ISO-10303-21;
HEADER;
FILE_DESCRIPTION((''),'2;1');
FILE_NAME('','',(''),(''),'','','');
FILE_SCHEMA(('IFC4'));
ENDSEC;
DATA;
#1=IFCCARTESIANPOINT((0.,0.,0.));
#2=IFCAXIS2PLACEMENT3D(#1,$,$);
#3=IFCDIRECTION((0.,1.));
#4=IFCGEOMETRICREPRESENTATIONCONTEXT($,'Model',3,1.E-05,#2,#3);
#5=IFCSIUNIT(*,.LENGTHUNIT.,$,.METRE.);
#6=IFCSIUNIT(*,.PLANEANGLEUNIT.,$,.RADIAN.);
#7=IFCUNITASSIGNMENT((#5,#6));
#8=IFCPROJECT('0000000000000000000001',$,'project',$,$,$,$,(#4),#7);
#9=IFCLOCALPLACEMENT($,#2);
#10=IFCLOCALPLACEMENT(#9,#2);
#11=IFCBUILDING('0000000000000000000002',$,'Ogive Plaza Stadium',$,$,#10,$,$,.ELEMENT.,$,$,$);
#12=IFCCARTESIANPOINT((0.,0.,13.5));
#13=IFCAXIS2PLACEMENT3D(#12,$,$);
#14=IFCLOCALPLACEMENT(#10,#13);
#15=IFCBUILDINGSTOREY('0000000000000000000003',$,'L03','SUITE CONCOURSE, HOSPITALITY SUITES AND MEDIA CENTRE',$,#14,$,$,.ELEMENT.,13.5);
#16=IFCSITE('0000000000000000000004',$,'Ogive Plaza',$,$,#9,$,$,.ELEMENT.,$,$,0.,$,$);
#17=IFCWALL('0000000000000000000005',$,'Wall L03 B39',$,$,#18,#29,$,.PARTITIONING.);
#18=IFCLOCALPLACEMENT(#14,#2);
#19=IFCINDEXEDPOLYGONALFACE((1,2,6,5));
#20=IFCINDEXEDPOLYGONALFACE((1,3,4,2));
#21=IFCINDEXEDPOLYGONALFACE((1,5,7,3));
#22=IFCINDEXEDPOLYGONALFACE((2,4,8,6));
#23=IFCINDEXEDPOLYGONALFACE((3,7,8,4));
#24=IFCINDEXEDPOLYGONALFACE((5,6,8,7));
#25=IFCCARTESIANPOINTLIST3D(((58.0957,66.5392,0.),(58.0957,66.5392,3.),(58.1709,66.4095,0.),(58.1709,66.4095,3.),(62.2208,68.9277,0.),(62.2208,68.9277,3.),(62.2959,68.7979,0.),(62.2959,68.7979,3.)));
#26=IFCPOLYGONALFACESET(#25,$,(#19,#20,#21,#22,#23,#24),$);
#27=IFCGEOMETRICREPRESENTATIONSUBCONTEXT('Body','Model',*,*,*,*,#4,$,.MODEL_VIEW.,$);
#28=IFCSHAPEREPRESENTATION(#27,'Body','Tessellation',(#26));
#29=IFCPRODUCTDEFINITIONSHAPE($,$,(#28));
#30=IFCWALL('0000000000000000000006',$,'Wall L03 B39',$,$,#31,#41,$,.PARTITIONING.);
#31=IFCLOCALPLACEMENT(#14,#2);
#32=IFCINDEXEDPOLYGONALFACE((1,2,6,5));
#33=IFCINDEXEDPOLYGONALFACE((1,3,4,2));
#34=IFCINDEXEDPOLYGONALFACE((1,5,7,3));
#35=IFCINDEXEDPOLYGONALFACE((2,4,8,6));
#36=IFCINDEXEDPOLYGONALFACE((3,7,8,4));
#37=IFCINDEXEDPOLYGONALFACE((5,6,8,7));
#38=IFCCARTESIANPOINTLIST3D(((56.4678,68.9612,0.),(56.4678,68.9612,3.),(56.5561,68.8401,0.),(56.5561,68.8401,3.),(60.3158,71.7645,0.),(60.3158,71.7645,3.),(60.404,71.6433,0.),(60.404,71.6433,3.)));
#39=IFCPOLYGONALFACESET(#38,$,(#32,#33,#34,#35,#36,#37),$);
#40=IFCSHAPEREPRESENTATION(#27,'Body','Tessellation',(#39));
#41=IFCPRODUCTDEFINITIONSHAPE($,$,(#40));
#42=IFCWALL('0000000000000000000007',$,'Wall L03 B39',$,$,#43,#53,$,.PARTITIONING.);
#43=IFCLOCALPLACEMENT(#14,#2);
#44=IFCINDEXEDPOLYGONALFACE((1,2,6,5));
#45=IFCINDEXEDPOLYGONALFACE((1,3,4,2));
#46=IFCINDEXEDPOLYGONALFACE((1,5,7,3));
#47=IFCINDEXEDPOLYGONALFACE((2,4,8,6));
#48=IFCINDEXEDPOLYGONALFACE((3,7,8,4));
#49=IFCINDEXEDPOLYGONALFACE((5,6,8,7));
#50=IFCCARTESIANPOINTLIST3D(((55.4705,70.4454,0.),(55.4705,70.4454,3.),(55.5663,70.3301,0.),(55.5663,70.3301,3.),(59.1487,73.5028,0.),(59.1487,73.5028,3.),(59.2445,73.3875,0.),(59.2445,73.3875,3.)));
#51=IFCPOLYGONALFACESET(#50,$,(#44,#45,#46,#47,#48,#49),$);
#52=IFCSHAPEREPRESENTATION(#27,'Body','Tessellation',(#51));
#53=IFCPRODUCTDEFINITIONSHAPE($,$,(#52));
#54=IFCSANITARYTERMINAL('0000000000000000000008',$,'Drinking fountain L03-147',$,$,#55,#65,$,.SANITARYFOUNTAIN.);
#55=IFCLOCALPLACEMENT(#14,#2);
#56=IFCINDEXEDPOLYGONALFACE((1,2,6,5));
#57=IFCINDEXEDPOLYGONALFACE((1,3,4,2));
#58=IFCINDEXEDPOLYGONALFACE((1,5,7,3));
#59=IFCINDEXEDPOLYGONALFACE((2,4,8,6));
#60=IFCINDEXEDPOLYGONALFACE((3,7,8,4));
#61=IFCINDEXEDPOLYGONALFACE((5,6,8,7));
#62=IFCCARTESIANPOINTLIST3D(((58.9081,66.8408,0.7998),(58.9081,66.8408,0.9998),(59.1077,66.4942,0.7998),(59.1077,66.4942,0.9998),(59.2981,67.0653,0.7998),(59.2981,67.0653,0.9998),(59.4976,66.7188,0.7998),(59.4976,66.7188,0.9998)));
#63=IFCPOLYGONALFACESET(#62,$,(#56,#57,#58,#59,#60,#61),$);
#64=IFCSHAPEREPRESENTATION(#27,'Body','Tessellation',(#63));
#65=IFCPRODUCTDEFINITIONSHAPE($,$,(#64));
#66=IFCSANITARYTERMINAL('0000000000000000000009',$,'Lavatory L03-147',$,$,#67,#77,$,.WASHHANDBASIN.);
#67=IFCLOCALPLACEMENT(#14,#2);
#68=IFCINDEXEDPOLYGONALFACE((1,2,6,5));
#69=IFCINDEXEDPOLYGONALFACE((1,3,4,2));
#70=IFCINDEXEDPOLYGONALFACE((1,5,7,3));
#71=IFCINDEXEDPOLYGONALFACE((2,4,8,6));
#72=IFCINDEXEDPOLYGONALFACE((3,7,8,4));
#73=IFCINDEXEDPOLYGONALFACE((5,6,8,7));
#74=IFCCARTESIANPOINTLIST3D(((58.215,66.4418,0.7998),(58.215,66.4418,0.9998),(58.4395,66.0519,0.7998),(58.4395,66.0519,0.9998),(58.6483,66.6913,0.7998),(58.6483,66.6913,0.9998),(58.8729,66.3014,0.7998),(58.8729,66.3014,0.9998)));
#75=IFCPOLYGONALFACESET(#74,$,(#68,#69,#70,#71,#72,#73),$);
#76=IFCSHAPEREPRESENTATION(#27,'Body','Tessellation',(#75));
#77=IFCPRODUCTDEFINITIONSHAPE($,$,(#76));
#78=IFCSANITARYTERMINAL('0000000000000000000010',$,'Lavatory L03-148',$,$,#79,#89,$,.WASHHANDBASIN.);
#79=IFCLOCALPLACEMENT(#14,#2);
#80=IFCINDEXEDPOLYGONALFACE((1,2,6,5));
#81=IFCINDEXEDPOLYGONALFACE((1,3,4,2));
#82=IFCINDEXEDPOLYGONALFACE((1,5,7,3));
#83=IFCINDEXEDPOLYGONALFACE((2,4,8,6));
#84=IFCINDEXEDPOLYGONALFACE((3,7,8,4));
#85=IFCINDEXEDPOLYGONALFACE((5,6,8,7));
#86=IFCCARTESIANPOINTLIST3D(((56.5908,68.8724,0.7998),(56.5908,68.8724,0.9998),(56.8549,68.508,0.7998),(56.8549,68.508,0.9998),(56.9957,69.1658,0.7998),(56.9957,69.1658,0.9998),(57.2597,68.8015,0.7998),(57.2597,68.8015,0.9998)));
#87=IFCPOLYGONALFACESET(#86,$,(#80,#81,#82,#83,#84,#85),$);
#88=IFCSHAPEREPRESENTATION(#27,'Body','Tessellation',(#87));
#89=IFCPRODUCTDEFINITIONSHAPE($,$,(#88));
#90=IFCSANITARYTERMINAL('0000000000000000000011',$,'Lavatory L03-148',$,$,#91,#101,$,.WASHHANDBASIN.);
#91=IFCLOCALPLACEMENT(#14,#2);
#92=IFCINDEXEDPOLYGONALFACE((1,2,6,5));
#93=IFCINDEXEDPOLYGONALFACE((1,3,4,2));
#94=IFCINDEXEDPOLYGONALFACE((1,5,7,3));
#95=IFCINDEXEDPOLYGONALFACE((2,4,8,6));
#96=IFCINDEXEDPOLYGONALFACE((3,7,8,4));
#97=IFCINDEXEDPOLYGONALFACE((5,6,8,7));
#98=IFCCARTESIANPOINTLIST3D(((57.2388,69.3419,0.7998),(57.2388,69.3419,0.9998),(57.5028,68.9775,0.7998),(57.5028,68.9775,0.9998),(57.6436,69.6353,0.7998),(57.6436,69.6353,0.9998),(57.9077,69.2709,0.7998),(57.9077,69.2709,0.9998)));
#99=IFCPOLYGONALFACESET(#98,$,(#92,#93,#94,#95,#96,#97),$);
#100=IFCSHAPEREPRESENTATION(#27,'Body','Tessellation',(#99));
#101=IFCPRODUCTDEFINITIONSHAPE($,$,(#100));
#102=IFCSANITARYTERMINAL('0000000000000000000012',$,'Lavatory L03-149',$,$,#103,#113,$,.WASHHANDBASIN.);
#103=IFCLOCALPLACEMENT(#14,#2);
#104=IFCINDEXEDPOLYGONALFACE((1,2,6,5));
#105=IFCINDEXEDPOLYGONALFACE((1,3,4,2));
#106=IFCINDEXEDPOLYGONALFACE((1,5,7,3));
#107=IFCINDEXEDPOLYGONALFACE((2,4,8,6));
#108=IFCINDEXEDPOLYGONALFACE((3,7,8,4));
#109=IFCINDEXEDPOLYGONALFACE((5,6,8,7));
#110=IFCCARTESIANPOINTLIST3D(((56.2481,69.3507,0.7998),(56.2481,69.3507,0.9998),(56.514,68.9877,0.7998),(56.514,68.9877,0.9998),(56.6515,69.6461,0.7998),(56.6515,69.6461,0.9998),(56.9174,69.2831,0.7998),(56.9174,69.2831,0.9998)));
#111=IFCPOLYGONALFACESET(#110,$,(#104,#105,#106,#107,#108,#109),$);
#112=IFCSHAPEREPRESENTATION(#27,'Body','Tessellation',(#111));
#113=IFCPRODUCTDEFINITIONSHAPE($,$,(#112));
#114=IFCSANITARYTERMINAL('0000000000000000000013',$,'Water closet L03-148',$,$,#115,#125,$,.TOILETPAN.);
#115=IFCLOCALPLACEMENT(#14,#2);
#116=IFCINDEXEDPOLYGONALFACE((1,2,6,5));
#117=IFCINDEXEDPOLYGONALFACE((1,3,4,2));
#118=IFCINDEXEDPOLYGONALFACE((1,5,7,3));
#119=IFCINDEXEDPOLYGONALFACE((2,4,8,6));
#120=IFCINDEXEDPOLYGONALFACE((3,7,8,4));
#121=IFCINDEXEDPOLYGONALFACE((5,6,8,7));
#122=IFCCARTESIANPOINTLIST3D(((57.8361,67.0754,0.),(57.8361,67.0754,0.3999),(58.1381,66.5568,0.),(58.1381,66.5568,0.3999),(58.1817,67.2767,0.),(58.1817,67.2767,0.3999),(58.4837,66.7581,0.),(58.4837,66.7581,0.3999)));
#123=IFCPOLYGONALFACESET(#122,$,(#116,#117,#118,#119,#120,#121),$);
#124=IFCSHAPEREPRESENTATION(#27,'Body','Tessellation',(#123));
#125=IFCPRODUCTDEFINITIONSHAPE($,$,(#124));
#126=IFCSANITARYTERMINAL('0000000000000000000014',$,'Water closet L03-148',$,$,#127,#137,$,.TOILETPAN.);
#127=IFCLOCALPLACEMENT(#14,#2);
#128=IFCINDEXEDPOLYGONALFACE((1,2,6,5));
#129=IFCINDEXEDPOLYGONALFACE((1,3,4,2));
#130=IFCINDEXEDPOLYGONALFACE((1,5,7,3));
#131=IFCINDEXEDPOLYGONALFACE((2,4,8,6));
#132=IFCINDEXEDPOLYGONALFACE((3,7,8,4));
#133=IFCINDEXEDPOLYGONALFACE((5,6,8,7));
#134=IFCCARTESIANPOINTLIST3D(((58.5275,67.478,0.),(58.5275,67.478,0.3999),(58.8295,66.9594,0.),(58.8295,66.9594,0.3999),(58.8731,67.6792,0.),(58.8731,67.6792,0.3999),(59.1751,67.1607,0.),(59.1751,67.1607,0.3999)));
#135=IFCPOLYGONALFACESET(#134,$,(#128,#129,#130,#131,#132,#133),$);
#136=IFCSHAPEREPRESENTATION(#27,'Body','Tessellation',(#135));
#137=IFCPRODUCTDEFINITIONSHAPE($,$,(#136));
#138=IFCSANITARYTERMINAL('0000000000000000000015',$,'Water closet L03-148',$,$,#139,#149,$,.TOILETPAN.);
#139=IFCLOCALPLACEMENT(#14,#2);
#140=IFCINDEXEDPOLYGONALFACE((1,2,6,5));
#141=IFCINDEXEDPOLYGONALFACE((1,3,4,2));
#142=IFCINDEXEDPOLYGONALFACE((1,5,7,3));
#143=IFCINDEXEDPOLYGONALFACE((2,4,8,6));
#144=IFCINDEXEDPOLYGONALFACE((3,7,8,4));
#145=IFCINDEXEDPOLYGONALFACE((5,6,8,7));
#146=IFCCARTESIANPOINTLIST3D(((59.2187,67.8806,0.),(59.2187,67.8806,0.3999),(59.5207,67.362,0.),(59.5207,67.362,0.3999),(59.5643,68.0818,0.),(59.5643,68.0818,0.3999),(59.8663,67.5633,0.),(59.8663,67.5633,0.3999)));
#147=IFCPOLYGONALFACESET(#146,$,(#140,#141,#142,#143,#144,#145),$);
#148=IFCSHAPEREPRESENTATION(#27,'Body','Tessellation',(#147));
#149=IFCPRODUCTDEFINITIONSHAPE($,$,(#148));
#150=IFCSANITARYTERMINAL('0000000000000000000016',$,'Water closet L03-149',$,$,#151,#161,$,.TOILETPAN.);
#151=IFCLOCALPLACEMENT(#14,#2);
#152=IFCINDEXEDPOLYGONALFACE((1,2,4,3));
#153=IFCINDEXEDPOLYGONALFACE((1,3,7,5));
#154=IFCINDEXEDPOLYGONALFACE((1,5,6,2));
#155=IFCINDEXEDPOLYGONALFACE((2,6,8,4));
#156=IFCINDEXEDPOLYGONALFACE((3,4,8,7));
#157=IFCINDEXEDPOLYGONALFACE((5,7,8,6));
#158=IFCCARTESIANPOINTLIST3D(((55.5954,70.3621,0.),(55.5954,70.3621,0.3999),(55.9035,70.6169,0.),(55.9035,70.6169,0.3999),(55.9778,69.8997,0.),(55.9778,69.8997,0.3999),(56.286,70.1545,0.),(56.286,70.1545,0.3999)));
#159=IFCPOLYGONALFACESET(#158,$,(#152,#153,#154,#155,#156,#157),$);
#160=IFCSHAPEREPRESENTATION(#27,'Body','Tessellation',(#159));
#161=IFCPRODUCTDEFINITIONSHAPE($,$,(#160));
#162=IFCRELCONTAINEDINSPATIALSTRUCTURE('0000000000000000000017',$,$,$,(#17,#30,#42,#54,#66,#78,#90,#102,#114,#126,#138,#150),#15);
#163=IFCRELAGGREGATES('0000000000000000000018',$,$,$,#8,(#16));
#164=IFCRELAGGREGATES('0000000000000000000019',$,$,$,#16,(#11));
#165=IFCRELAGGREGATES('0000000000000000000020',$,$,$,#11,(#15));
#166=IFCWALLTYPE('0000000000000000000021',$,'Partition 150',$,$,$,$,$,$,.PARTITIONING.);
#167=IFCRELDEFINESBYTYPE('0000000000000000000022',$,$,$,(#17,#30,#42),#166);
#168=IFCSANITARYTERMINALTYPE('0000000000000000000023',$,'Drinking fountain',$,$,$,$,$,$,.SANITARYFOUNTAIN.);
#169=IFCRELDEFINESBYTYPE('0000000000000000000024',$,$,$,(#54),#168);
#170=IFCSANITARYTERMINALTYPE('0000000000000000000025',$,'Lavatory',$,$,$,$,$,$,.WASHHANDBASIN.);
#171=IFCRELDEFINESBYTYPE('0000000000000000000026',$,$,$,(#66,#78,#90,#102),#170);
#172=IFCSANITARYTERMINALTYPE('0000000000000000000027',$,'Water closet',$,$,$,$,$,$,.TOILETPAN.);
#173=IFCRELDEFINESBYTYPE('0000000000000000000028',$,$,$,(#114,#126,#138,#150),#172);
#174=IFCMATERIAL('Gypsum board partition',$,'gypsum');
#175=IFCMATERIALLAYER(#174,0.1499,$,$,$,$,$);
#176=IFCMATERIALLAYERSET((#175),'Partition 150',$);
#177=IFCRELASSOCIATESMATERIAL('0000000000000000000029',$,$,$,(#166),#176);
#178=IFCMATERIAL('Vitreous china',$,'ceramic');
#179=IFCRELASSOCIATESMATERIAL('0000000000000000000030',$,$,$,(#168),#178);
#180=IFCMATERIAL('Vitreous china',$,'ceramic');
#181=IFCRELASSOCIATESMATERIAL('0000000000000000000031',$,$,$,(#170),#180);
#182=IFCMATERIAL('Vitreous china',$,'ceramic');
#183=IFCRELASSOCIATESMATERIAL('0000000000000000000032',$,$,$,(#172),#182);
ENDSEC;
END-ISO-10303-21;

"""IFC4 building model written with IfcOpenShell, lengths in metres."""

from ifc_helpers import new_model, si_unit, direction, frame, frame_2d, origin, origin_2d, place, context, subcontext, project, spatial, rectangle, extrude, material, layer, layer_set, type_object, element, save


model = new_model("IFC4")

# Units and contexts
model_context = context("Model", 3, precision=1e-05, world=origin(), true_north=direction((0.0, 1.0)))
body_context = subcontext(model_context, "Body", "Model", "MODEL_VIEW")
ifc_project = project(units=[si_unit("LENGTHUNIT", "METRE"), si_unit("PLANEANGLEUNIT", "RADIAN")], contexts=[model_context])

# Site, building, storey
site_placement = place(None, origin())
site = spatial("IfcSite", under=ifc_project, at=site_placement, Name="Ogive Plaza", CompositionType="ELEMENT", RefElevation=0.0)
building_placement = place(site_placement, origin())
building = spatial("IfcBuilding", under=site, at=building_placement, Name="Ogive Plaza Stadium", CompositionType="ELEMENT")
storey_placement = place(building_placement, frame((0.0, 0.0, 13.5)))
storey = spatial("IfcBuildingStorey", under=building, at=storey_placement, Name="L03", Description="SUITE CONCOURSE, HOSPITALITY SUITES AND MEDIA CENTRE", CompositionType="ELEMENT", Elevation=13.5)

# Walls
ifc_material_1 = material(Name="Gypsum board partition", Category="gypsum")
ifc_layer_1 = layer(ifc_material_1, 0.1499)
ifc_layer_set_1 = layer_set([ifc_layer_1], Name="Partition 150")
wall_type = type_object("IfcWallType", Name="Partition 150", PredefinedType="PARTITIONING", material=ifc_layer_set_1)
wall_1_placement = place(storey_placement, frame((58.1333, 66.4744, 0.0), z_axis=(0.0, 0.0, 1.0), x_axis=(0.865402, 0.501079, 0.0)))
element("IfcWall", 1, at=wall_1_placement, inside=storey, type_object=wall_type, Name="Wall L03 B39", PredefinedType="PARTITIONING", context=body_context, shape_type="SweptSolid", body=[
    extrude(rectangle(XDim=4.7666, YDim=0.1499, at=frame_2d((2.3833, 0.0))), origin(), (0.0, 0.0, 1.0), 3.0),
])
wall_2_placement = place(storey_placement, frame((56.512, 68.9006, 0.0), z_axis=(0.0, 0.0, 1.0), x_axis=(0.808261, 0.588824, 0.0)))
element("IfcWall", 2, at=wall_2_placement, inside=storey, type_object=wall_type, Name="Wall L03 B39", PredefinedType="PARTITIONING", context=body_context, shape_type="SweptSolid", body=[
    extrude(rectangle(XDim=4.7607, YDim=0.1499, at=frame_2d((2.3804, 0.0))), origin(), (0.0, 0.0, 1.0), 3.0),
])
wall_3_placement = place(storey_placement, frame((55.5183, 70.3877, 0.0), z_axis=(0.0, 0.0, 1.0), x_axis=(0.769024, 0.63922, 0.0)))
element("IfcWall", 3, at=wall_3_placement, inside=storey, type_object=wall_type, Name="Wall L03 B39", PredefinedType="PARTITIONING", context=body_context, shape_type="SweptSolid", body=[
    extrude(rectangle(XDim=4.783, YDim=0.1499, at=frame_2d((2.3916, 0.0))), origin(), (0.0, 0.0, 1.0), 3.0),
])

# Sanitary terminals
ifc_material_2 = material(Name="Vitreous china", Category="ceramic")
sanitary_terminal_type_1 = type_object("IfcSanitaryTerminalType", Name="Drinking fountain", PredefinedType="SANITARYFOUNTAIN", material=ifc_material_2)
sanitary_terminal_placement = place(storey_placement, frame((59.2029, 66.7798, 0.7998), z_axis=(0.0, 0.0, 1.0), x_axis=(0.866624, 0.498961, 0.0)))
element("IfcSanitaryTerminal", 4, at=sanitary_terminal_placement, inside=storey, type_object=sanitary_terminal_type_1, Name="Drinking fountain L03-147", PredefinedType="SANITARYFOUNTAIN", context=body_context, shape_type="SweptSolid", body=[
    extrude(rectangle(XDim=0.45, YDim=0.3999, at=origin_2d()), origin(), (0.0, 0.0, 1.0), 0.2),
])
ifc_material_3 = material(Name="Vitreous china", Category="ceramic")
sanitary_terminal_type_2 = type_object("IfcSanitaryTerminalType", Name="Lavatory", PredefinedType="WASHHANDBASIN", material=ifc_material_3)
for number, where, z_axis, x_axis, name in (
    (5, (58.5439, 66.3716, 0.7998), (0.0, 0.0, 1.0), (0.866624, 0.498961, 0.0), "Lavatory L03-147"),
    (6, (56.9253, 68.8369, 0.7998), (0.0, 0.0, 1.0), (0.809712, 0.586828, 0.0), "Lavatory L03-148"),
    (7, (57.5732, 69.3064, 0.7998), (0.0, 0.0, 1.0), (0.809712, 0.586828, 0.0), "Lavatory L03-148"),
    (8, (56.5828, 69.3169, 0.7998), (0.0, 0.0, 1.0), (0.806792, 0.590835, 0.0), "Lavatory L03-149"),
):
    element("IfcSanitaryTerminal", number, at=place(storey_placement, frame(where, z_axis=z_axis, x_axis=x_axis)), inside=storey, type_object=sanitary_terminal_type_2, Name=name, PredefinedType="WASHHANDBASIN", context=body_context, shape_type="SweptSolid", body=[
        extrude(rectangle(XDim=0.5, YDim=0.45, at=origin_2d()), origin(), (0.0, 0.0, 1.0), 0.2),
    ])
ifc_material_4 = material(Name="Vitreous china", Category="ceramic")
sanitary_terminal_type_3 = type_object("IfcSanitaryTerminalType", Name="Water closet", PredefinedType="TOILETPAN", material=ifc_material_4)
for number, where, z_axis, x_axis, name in (
    (9, (58.1599, 66.9167, 0.0), (0.0, 0.0, 1.0), (0.864147, 0.50324, 0.0), "Water closet L03-148"),
    (10, (58.8513, 67.3193, 0.0), (0.0, 0.0, 1.0), (0.864147, 0.50324, 0.0), "Water closet L03-148"),
    (11, (59.5425, 67.7219, 0.0), (0.0, 0.0, 1.0), (0.864147, 0.50324, 0.0), "Water closet L03-148"),
    (12, (55.9407, 70.2583, 0.0), (0.0, 0.0, 1.0), (0.770568, 0.637358, 0.0), "Water closet L03-149"),
):
    element("IfcSanitaryTerminal", number, at=place(storey_placement, frame(where, z_axis=z_axis, x_axis=x_axis)), inside=storey, type_object=sanitary_terminal_type_3, Name=name, PredefinedType="TOILETPAN", context=body_context, shape_type="SweptSolid", body=[
        extrude(rectangle(XDim=0.3999, YDim=0.6001, at=origin_2d()), origin(), (0.0, 0.0, 1.0), 0.3999),
    ])

save(model, "model.ifc")
